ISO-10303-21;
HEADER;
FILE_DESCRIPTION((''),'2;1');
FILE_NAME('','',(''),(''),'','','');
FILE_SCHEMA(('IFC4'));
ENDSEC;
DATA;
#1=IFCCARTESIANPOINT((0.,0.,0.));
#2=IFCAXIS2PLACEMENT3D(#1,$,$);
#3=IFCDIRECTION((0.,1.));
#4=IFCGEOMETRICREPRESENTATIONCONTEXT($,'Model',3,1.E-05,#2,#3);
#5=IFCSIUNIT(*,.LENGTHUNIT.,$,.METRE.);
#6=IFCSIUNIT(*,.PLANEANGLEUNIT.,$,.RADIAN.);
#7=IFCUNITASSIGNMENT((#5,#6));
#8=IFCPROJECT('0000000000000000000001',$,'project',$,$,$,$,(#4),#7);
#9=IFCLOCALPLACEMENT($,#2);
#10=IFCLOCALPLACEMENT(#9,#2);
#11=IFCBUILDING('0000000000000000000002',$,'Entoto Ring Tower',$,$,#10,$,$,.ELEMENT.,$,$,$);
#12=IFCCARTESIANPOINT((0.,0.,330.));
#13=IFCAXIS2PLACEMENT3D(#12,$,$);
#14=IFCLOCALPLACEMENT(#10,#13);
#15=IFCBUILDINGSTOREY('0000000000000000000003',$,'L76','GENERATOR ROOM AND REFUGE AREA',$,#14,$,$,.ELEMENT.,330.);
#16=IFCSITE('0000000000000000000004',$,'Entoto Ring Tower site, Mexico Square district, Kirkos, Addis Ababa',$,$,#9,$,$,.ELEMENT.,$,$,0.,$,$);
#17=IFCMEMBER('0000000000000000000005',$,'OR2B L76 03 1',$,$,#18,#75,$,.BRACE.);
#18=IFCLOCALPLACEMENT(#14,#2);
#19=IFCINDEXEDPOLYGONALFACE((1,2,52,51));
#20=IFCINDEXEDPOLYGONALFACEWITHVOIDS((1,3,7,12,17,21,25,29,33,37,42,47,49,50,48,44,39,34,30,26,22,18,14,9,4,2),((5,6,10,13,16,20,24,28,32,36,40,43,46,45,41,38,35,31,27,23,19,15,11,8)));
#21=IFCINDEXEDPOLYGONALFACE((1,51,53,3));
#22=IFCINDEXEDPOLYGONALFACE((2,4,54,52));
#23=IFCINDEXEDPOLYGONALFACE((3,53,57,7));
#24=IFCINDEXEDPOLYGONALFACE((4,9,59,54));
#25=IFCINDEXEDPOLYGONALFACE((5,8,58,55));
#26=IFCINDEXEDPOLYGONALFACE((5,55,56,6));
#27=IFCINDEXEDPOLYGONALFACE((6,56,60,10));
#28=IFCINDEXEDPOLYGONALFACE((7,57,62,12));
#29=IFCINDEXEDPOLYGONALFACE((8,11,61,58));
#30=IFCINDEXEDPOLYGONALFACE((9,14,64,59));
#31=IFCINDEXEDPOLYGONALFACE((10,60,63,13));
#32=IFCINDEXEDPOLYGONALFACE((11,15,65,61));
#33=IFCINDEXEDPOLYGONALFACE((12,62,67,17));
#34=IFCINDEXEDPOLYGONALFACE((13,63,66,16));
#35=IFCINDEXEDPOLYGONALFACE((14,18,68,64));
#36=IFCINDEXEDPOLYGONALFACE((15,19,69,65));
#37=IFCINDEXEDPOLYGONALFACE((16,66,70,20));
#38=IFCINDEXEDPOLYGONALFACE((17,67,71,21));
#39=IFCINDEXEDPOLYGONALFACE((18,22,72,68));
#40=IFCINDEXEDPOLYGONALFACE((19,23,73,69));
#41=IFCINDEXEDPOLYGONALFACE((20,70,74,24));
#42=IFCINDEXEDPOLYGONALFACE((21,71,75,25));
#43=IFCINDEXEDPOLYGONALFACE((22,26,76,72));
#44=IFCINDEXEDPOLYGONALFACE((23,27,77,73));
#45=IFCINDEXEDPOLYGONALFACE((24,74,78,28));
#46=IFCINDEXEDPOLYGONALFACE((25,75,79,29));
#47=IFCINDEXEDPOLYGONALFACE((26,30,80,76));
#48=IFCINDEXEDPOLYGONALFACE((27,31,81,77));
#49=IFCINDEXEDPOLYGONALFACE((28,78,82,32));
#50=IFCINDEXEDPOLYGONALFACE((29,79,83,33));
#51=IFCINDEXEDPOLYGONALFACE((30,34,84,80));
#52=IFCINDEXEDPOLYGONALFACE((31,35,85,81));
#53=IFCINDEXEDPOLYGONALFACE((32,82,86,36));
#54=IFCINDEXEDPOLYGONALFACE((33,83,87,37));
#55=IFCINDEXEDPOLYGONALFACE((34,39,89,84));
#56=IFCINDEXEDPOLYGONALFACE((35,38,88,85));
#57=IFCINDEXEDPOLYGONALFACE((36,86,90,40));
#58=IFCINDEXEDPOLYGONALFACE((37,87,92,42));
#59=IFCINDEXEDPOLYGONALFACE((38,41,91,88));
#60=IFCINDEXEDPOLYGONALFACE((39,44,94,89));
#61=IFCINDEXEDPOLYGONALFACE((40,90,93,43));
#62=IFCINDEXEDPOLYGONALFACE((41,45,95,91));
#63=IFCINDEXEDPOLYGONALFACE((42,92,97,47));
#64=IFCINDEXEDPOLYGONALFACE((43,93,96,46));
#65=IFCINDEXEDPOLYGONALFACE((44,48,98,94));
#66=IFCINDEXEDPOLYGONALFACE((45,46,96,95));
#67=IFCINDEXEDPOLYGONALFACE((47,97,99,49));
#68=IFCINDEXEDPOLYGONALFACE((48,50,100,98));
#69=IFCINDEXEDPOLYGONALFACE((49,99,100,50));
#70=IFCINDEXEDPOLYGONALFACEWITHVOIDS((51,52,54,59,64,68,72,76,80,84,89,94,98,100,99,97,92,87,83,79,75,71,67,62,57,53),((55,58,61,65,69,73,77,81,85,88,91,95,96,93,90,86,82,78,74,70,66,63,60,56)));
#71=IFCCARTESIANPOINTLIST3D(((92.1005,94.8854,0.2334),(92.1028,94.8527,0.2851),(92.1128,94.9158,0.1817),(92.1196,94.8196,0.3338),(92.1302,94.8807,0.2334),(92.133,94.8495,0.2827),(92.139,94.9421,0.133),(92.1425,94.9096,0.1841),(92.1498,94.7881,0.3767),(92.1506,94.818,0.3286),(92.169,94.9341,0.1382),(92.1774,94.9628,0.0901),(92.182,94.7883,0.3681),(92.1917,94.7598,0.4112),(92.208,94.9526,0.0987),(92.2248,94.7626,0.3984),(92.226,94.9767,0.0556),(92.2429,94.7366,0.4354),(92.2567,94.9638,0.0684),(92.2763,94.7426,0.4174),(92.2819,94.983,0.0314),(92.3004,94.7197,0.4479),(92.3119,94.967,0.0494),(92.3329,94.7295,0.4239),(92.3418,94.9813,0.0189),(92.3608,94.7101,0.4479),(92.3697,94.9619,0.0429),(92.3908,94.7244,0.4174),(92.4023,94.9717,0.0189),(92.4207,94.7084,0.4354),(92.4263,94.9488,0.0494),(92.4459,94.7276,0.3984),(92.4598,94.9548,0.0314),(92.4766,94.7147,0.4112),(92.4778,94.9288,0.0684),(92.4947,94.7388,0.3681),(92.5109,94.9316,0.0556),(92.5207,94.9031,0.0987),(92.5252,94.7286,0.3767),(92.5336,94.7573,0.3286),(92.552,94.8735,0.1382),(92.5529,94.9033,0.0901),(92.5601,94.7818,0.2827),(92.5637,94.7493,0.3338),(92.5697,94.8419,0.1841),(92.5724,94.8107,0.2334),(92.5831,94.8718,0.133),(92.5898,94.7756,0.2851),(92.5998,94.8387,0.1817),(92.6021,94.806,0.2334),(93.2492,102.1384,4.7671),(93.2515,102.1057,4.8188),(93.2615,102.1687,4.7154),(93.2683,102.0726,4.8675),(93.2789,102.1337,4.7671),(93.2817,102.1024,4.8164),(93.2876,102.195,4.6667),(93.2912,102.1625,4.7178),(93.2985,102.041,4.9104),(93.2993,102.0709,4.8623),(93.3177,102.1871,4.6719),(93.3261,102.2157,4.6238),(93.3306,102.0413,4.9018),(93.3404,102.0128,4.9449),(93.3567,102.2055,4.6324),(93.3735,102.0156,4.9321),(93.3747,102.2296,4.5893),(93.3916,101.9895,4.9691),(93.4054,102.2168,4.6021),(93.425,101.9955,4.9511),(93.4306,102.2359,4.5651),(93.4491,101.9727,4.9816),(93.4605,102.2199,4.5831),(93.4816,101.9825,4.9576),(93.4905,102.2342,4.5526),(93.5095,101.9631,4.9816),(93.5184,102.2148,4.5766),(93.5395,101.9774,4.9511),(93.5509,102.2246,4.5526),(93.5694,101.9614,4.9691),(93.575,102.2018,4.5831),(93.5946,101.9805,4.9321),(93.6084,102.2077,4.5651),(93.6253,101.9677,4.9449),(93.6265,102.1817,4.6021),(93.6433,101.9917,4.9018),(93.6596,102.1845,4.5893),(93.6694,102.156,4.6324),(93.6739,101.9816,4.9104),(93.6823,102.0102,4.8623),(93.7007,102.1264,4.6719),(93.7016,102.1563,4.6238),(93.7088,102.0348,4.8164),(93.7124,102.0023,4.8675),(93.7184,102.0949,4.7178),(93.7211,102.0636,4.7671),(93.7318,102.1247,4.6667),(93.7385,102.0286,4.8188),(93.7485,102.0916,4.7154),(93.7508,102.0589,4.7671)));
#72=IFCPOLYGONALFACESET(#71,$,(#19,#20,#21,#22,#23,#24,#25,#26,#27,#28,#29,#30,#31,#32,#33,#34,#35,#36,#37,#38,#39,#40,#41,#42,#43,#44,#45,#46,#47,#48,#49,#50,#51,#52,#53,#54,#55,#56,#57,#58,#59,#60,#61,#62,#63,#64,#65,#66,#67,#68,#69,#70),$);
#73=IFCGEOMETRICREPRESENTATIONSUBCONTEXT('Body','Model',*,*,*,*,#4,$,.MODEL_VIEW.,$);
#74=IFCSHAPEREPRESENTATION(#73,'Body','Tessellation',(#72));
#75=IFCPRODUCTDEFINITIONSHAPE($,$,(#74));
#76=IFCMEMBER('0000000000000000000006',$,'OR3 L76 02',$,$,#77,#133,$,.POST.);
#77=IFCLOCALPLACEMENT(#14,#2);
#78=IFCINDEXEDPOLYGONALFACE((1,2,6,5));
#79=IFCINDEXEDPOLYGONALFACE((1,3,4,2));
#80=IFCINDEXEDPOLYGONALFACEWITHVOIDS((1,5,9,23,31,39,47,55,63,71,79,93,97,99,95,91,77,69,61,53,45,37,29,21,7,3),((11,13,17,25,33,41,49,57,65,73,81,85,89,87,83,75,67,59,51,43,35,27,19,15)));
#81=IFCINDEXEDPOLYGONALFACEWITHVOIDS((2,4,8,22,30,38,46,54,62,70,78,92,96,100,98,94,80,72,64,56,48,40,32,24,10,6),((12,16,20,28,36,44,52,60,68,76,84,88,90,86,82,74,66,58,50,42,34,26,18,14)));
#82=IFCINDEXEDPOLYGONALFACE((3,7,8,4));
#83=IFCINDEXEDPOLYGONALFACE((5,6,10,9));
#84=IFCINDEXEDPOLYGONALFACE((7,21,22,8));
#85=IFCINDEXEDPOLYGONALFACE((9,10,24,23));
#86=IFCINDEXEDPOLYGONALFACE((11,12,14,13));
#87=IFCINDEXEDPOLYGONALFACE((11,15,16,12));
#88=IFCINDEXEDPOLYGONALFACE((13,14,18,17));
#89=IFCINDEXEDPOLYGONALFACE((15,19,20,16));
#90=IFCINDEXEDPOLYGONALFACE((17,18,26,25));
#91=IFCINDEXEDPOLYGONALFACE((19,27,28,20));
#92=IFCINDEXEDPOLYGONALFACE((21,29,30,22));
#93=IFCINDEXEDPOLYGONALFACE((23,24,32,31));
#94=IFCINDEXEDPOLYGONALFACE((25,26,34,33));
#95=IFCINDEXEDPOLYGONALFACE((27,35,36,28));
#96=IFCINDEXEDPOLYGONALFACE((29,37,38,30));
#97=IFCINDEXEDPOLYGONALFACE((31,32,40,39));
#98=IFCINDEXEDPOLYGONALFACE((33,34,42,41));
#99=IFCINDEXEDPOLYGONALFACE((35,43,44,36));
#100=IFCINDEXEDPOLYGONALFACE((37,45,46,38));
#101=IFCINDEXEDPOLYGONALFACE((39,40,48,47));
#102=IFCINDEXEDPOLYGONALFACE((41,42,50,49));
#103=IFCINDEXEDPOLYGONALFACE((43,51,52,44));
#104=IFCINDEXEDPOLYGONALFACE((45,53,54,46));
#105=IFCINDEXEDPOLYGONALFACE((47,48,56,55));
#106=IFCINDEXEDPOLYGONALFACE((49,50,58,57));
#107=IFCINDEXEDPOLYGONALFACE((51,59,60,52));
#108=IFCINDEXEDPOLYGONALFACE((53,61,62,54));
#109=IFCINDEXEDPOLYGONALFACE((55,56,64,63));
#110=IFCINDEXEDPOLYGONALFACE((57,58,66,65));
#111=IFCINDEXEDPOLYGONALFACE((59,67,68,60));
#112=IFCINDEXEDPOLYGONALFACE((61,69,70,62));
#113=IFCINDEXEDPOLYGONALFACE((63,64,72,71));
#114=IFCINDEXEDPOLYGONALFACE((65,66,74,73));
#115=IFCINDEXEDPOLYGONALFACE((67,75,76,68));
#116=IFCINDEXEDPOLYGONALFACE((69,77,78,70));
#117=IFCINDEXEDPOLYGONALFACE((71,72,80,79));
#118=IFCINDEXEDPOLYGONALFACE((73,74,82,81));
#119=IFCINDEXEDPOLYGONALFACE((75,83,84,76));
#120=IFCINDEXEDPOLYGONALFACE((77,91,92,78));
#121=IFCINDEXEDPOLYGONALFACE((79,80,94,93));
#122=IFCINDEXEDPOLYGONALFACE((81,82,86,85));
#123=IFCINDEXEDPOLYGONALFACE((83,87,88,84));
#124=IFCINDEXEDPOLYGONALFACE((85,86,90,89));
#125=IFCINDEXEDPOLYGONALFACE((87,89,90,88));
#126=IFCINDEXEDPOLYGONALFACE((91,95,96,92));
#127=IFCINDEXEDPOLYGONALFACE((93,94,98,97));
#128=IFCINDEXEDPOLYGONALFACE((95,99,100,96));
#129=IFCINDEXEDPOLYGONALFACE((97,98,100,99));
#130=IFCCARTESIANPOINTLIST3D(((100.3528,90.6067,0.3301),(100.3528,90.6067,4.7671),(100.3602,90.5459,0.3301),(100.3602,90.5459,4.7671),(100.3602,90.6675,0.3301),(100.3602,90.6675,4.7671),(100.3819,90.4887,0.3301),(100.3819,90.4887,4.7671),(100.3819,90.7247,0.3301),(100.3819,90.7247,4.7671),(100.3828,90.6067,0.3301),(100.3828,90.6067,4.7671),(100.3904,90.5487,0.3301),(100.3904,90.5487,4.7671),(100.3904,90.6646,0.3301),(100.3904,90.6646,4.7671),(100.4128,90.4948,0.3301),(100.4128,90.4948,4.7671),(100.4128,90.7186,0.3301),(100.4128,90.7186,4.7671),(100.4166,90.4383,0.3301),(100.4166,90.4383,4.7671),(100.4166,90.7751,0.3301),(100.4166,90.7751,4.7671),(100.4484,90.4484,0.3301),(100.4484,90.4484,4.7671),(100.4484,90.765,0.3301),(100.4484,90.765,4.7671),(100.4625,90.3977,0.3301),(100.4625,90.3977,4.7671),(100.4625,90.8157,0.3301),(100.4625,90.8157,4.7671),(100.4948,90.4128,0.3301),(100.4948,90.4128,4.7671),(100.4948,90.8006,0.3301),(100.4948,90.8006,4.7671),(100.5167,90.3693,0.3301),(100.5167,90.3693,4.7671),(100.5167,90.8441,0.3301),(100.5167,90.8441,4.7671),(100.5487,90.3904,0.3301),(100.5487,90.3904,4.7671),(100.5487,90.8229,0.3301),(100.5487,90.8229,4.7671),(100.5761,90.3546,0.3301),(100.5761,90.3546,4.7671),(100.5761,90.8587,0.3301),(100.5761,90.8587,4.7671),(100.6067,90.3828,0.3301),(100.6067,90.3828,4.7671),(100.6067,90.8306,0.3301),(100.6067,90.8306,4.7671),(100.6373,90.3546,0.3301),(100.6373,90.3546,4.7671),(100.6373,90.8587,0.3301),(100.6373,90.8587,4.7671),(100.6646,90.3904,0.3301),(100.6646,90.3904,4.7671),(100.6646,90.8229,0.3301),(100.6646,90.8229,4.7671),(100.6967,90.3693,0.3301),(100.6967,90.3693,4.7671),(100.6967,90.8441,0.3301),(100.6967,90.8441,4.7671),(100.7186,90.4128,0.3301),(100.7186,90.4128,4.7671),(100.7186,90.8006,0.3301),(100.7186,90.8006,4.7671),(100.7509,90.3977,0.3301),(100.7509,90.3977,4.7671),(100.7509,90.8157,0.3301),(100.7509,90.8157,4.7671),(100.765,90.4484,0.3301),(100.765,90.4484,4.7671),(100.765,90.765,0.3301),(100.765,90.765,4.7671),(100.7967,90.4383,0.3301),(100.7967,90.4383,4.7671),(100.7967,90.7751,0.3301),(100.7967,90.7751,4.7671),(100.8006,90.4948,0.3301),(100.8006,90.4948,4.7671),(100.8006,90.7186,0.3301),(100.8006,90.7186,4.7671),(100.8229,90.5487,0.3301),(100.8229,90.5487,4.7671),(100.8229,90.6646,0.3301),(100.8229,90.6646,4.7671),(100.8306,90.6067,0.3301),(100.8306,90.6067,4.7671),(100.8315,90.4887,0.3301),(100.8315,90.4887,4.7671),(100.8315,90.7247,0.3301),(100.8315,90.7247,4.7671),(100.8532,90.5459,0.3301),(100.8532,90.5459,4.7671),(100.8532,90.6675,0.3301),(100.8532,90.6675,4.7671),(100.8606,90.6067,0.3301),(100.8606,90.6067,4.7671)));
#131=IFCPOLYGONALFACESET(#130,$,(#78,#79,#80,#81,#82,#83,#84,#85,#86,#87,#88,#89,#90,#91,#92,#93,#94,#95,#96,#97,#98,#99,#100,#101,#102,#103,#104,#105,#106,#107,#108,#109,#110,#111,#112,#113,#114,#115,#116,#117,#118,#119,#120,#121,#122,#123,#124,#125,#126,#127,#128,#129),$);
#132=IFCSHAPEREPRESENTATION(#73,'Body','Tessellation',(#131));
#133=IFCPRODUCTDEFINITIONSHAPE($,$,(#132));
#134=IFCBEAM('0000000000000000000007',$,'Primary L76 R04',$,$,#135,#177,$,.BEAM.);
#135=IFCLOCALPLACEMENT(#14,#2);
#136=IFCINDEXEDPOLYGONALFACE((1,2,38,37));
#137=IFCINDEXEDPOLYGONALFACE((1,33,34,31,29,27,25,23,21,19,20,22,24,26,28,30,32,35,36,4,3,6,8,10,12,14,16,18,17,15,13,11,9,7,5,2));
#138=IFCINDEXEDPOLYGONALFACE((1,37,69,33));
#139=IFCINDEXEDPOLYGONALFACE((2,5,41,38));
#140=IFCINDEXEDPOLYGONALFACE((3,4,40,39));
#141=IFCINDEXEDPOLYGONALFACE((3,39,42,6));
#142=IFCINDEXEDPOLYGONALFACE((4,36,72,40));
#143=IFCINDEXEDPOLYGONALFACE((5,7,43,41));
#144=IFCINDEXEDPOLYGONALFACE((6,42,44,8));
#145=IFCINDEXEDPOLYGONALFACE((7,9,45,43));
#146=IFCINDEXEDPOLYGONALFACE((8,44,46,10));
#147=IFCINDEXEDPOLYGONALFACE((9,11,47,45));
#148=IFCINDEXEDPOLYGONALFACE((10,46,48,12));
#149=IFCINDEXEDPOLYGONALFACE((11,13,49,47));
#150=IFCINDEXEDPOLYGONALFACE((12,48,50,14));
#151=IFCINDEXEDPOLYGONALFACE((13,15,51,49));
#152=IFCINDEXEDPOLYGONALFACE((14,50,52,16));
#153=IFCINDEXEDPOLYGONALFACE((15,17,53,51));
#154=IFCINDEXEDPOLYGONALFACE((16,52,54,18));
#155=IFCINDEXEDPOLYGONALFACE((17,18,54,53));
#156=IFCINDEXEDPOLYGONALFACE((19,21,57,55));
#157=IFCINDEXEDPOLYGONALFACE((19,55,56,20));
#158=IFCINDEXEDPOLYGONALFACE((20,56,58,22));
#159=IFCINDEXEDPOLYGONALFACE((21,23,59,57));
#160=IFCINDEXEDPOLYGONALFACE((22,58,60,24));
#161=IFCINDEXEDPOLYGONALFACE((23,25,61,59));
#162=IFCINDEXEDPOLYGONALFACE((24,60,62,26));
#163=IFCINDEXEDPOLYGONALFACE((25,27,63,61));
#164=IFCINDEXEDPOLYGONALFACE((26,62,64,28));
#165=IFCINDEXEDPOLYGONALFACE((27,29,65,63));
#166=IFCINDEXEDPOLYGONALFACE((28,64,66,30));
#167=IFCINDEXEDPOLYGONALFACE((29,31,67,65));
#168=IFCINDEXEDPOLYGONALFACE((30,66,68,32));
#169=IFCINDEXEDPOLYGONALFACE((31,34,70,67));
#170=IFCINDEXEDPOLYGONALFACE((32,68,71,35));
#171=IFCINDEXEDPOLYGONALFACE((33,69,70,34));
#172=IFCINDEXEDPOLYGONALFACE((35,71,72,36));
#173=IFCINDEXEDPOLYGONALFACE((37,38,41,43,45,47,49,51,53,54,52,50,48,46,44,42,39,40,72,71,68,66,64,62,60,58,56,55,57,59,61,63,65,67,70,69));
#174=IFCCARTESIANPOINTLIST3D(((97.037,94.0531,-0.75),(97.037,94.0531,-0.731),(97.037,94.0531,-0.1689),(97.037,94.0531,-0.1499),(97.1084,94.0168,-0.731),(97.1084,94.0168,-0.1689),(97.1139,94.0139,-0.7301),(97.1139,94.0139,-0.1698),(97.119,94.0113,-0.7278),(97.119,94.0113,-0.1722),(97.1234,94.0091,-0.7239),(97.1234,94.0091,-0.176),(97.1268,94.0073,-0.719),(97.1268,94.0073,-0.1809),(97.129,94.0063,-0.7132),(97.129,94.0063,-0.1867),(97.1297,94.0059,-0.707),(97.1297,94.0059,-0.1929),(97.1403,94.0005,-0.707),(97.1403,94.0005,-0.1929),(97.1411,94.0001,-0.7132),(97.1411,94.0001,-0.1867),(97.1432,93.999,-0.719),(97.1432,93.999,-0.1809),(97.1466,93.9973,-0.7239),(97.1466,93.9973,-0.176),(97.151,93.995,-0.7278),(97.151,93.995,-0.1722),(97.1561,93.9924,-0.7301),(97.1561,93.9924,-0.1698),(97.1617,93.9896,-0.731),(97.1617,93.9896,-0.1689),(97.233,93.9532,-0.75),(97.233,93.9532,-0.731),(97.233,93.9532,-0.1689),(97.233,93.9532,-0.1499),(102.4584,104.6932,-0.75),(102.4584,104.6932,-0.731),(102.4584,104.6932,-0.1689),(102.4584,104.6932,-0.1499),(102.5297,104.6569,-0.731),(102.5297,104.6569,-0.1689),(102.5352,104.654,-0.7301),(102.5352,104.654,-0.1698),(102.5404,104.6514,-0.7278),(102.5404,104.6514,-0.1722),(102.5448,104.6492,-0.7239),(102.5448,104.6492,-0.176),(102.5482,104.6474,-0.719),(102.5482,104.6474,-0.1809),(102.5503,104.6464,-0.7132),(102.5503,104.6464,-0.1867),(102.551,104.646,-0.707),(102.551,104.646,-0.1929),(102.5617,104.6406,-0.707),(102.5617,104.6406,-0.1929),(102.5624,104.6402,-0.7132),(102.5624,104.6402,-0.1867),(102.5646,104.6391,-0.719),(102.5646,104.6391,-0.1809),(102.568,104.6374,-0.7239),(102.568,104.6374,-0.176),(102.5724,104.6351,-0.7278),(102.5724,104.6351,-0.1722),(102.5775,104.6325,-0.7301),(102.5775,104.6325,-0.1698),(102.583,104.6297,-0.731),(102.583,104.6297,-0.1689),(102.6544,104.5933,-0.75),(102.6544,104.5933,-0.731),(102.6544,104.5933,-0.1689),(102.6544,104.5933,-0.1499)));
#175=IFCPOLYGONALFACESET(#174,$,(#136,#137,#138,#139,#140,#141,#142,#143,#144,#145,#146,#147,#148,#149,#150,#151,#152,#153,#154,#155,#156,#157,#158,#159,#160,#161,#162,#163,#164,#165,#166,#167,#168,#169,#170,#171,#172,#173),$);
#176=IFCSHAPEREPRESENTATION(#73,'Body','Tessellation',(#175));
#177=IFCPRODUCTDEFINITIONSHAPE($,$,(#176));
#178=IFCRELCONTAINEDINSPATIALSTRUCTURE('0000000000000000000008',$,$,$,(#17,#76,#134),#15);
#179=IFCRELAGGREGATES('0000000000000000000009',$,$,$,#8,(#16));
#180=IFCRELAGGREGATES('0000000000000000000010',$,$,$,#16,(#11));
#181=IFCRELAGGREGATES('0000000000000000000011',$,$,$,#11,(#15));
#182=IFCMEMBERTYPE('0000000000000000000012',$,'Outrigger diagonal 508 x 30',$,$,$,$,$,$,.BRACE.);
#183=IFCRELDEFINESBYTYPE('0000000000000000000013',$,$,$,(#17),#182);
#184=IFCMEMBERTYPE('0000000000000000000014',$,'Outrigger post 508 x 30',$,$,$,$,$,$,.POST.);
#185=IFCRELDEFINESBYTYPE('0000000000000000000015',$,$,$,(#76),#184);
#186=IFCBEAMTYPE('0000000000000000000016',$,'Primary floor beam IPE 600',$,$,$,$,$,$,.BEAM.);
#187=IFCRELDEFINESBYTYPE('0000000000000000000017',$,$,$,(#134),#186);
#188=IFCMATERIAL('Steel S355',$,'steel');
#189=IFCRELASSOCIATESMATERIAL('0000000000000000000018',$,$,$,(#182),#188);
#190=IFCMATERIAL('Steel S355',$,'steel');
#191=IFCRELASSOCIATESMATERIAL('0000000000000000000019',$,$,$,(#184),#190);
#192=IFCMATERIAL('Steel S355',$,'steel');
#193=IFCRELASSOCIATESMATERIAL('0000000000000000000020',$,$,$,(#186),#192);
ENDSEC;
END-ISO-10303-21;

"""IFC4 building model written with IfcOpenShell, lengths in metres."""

from ifc_helpers import new_model, si_unit, direction, frame, origin, origin_2d, place, context, subcontext, project, spatial, circle, hollow_circle, i_section, extrude, material, material_profile, profile_set, type_object, element, save


model = new_model("IFC4")

# Units and contexts
model_context = context("Model", 3, precision=1e-05, world=origin(), true_north=direction((0.0, 1.0)))
body_context = subcontext(model_context, "Body", "Model", "MODEL_VIEW")
ifc_project = project(units=[si_unit("LENGTHUNIT", "METRE"), si_unit("PLANEANGLEUNIT", "RADIAN")], contexts=[model_context])

# Site, building, storey
site_placement = place(None, origin())
site = spatial("IfcSite", under=ifc_project, at=site_placement, Name="Entoto Ring Tower site, Mexico Square district, Kirkos, Addis Ababa", CompositionType="ELEMENT", RefElevation=0.0)
building_placement = place(site_placement, origin())
building = spatial("IfcBuilding", under=site, at=building_placement, Name="Entoto Ring Tower", CompositionType="ELEMENT")
storey_placement = place(building_placement, frame((0.0, 0.0, 330.0)))
storey = spatial("IfcBuildingStorey", under=building, at=storey_placement, Name="L76", Description="GENERATOR ROOM AND REFUGE AREA", CompositionType="ELEMENT", Elevation=330.0)

# Members
ifc_material_1 = material(Name="Steel S355", Category="steel")
ifc_material_profile_1 = material_profile(ifc_material_1, hollow_circle(Radius=0.2539, WallThickness=0.03, at=origin_2d()), Name="CHS 508 x 30")
ifc_material_2 = material(Name="Concrete C60/75", Category="concrete")
ifc_material_profile_2 = material_profile(ifc_material_2, circle(Radius=0.2241, at=origin_2d()), Name="Concrete C60/75 infill")
ifc_profile_set_1 = profile_set([ifc_material_profile_1, ifc_material_profile_2], Name="Steel S355")
member_type_1 = type_object("IfcMemberType", Name="Outrigger diagonal 508 x 30", PredefinedType="BRACE", material=ifc_profile_set_1)
member_1_placement = place(storey_placement, frame((92.3513, 94.8457, 0.2334), z_axis=(0.133102, 0.840421, 0.525334), x_axis=(-0.98769, 0.156425, 0.0)))
element("IfcMember", 1, at=member_1_placement, inside=storey, type_object=member_type_1, Name="OR2B L76 03 1", PredefinedType="BRACE", context=body_context, shape_type="SweptSolid", body=[
    extrude(hollow_circle(Radius=0.2539, WallThickness=0.03, at=origin_2d()), origin(), (0.0, 0.0, 1.0), 8.6301),
])
ifc_material_3 = material(Name="Steel S355", Category="steel")
ifc_material_profile_3 = material_profile(ifc_material_3, hollow_circle(Radius=0.2539, WallThickness=0.03, at=origin_2d()), Name="CHS 508 x 30")
ifc_material_4 = material(Name="Concrete C60/75", Category="concrete")
ifc_material_profile_4 = material_profile(ifc_material_4, circle(Radius=0.2241, at=origin_2d()), Name="Concrete C60/75 infill")
ifc_profile_set_2 = profile_set([ifc_material_profile_3, ifc_material_profile_4], Name="Steel S355")
member_type_2 = type_object("IfcMemberType", Name="Outrigger post 508 x 30", PredefinedType="POST", material=ifc_profile_set_2)
member_2_placement = place(storey_placement, frame((100.6067, 90.6067, 0.3301), z_axis=(0.0, 0.0, 1.0), x_axis=(1.0, 0.0, 0.0)))
element("IfcMember", 2, at=member_2_placement, inside=storey, type_object=member_type_2, Name="OR3 L76 02", PredefinedType="POST", context=body_context, shape_type="SweptSolid", body=[
    extrude(hollow_circle(Radius=0.2539, WallThickness=0.03, at=origin_2d()), origin(), (0.0, 0.0, 1.0), 4.437),
])

# Beam
ifc_material_5 = material(Name="Steel S355", Category="steel")
ifc_material_profile_5 = material_profile(ifc_material_5, i_section(OverallWidth=0.22, OverallDepth=0.6001, WebThickness=0.012, FlangeThickness=0.019, FilletRadius=0.0239, at=origin_2d()), Name="IPE 600")
ifc_profile_set_3 = profile_set([ifc_material_profile_5], Name="Steel S355")
beam_type_1 = type_object("IfcBeamType", Name="Primary floor beam IPE 600", PredefinedType="BEAM", material=ifc_profile_set_3)
beam_1_placement = place(storey_placement, frame((97.135, 94.0032, -0.45), z_axis=(0.453988, 0.891008, 0.0), x_axis=(-0.891008, 0.453988, 0.0)))
element("IfcBeam", 3, at=beam_1_placement, inside=storey, type_object=beam_type_1, Name="Primary L76 R04", PredefinedType="BEAM", context=body_context, shape_type="SweptSolid", body=[
    extrude(i_section(OverallWidth=0.22, OverallDepth=0.6001, WebThickness=0.012, FlangeThickness=0.019, FilletRadius=0.0239, at=origin_2d()), origin(), (0.0, 0.0, 1.0), 11.9417),
])

save(model, "model.ifc")
